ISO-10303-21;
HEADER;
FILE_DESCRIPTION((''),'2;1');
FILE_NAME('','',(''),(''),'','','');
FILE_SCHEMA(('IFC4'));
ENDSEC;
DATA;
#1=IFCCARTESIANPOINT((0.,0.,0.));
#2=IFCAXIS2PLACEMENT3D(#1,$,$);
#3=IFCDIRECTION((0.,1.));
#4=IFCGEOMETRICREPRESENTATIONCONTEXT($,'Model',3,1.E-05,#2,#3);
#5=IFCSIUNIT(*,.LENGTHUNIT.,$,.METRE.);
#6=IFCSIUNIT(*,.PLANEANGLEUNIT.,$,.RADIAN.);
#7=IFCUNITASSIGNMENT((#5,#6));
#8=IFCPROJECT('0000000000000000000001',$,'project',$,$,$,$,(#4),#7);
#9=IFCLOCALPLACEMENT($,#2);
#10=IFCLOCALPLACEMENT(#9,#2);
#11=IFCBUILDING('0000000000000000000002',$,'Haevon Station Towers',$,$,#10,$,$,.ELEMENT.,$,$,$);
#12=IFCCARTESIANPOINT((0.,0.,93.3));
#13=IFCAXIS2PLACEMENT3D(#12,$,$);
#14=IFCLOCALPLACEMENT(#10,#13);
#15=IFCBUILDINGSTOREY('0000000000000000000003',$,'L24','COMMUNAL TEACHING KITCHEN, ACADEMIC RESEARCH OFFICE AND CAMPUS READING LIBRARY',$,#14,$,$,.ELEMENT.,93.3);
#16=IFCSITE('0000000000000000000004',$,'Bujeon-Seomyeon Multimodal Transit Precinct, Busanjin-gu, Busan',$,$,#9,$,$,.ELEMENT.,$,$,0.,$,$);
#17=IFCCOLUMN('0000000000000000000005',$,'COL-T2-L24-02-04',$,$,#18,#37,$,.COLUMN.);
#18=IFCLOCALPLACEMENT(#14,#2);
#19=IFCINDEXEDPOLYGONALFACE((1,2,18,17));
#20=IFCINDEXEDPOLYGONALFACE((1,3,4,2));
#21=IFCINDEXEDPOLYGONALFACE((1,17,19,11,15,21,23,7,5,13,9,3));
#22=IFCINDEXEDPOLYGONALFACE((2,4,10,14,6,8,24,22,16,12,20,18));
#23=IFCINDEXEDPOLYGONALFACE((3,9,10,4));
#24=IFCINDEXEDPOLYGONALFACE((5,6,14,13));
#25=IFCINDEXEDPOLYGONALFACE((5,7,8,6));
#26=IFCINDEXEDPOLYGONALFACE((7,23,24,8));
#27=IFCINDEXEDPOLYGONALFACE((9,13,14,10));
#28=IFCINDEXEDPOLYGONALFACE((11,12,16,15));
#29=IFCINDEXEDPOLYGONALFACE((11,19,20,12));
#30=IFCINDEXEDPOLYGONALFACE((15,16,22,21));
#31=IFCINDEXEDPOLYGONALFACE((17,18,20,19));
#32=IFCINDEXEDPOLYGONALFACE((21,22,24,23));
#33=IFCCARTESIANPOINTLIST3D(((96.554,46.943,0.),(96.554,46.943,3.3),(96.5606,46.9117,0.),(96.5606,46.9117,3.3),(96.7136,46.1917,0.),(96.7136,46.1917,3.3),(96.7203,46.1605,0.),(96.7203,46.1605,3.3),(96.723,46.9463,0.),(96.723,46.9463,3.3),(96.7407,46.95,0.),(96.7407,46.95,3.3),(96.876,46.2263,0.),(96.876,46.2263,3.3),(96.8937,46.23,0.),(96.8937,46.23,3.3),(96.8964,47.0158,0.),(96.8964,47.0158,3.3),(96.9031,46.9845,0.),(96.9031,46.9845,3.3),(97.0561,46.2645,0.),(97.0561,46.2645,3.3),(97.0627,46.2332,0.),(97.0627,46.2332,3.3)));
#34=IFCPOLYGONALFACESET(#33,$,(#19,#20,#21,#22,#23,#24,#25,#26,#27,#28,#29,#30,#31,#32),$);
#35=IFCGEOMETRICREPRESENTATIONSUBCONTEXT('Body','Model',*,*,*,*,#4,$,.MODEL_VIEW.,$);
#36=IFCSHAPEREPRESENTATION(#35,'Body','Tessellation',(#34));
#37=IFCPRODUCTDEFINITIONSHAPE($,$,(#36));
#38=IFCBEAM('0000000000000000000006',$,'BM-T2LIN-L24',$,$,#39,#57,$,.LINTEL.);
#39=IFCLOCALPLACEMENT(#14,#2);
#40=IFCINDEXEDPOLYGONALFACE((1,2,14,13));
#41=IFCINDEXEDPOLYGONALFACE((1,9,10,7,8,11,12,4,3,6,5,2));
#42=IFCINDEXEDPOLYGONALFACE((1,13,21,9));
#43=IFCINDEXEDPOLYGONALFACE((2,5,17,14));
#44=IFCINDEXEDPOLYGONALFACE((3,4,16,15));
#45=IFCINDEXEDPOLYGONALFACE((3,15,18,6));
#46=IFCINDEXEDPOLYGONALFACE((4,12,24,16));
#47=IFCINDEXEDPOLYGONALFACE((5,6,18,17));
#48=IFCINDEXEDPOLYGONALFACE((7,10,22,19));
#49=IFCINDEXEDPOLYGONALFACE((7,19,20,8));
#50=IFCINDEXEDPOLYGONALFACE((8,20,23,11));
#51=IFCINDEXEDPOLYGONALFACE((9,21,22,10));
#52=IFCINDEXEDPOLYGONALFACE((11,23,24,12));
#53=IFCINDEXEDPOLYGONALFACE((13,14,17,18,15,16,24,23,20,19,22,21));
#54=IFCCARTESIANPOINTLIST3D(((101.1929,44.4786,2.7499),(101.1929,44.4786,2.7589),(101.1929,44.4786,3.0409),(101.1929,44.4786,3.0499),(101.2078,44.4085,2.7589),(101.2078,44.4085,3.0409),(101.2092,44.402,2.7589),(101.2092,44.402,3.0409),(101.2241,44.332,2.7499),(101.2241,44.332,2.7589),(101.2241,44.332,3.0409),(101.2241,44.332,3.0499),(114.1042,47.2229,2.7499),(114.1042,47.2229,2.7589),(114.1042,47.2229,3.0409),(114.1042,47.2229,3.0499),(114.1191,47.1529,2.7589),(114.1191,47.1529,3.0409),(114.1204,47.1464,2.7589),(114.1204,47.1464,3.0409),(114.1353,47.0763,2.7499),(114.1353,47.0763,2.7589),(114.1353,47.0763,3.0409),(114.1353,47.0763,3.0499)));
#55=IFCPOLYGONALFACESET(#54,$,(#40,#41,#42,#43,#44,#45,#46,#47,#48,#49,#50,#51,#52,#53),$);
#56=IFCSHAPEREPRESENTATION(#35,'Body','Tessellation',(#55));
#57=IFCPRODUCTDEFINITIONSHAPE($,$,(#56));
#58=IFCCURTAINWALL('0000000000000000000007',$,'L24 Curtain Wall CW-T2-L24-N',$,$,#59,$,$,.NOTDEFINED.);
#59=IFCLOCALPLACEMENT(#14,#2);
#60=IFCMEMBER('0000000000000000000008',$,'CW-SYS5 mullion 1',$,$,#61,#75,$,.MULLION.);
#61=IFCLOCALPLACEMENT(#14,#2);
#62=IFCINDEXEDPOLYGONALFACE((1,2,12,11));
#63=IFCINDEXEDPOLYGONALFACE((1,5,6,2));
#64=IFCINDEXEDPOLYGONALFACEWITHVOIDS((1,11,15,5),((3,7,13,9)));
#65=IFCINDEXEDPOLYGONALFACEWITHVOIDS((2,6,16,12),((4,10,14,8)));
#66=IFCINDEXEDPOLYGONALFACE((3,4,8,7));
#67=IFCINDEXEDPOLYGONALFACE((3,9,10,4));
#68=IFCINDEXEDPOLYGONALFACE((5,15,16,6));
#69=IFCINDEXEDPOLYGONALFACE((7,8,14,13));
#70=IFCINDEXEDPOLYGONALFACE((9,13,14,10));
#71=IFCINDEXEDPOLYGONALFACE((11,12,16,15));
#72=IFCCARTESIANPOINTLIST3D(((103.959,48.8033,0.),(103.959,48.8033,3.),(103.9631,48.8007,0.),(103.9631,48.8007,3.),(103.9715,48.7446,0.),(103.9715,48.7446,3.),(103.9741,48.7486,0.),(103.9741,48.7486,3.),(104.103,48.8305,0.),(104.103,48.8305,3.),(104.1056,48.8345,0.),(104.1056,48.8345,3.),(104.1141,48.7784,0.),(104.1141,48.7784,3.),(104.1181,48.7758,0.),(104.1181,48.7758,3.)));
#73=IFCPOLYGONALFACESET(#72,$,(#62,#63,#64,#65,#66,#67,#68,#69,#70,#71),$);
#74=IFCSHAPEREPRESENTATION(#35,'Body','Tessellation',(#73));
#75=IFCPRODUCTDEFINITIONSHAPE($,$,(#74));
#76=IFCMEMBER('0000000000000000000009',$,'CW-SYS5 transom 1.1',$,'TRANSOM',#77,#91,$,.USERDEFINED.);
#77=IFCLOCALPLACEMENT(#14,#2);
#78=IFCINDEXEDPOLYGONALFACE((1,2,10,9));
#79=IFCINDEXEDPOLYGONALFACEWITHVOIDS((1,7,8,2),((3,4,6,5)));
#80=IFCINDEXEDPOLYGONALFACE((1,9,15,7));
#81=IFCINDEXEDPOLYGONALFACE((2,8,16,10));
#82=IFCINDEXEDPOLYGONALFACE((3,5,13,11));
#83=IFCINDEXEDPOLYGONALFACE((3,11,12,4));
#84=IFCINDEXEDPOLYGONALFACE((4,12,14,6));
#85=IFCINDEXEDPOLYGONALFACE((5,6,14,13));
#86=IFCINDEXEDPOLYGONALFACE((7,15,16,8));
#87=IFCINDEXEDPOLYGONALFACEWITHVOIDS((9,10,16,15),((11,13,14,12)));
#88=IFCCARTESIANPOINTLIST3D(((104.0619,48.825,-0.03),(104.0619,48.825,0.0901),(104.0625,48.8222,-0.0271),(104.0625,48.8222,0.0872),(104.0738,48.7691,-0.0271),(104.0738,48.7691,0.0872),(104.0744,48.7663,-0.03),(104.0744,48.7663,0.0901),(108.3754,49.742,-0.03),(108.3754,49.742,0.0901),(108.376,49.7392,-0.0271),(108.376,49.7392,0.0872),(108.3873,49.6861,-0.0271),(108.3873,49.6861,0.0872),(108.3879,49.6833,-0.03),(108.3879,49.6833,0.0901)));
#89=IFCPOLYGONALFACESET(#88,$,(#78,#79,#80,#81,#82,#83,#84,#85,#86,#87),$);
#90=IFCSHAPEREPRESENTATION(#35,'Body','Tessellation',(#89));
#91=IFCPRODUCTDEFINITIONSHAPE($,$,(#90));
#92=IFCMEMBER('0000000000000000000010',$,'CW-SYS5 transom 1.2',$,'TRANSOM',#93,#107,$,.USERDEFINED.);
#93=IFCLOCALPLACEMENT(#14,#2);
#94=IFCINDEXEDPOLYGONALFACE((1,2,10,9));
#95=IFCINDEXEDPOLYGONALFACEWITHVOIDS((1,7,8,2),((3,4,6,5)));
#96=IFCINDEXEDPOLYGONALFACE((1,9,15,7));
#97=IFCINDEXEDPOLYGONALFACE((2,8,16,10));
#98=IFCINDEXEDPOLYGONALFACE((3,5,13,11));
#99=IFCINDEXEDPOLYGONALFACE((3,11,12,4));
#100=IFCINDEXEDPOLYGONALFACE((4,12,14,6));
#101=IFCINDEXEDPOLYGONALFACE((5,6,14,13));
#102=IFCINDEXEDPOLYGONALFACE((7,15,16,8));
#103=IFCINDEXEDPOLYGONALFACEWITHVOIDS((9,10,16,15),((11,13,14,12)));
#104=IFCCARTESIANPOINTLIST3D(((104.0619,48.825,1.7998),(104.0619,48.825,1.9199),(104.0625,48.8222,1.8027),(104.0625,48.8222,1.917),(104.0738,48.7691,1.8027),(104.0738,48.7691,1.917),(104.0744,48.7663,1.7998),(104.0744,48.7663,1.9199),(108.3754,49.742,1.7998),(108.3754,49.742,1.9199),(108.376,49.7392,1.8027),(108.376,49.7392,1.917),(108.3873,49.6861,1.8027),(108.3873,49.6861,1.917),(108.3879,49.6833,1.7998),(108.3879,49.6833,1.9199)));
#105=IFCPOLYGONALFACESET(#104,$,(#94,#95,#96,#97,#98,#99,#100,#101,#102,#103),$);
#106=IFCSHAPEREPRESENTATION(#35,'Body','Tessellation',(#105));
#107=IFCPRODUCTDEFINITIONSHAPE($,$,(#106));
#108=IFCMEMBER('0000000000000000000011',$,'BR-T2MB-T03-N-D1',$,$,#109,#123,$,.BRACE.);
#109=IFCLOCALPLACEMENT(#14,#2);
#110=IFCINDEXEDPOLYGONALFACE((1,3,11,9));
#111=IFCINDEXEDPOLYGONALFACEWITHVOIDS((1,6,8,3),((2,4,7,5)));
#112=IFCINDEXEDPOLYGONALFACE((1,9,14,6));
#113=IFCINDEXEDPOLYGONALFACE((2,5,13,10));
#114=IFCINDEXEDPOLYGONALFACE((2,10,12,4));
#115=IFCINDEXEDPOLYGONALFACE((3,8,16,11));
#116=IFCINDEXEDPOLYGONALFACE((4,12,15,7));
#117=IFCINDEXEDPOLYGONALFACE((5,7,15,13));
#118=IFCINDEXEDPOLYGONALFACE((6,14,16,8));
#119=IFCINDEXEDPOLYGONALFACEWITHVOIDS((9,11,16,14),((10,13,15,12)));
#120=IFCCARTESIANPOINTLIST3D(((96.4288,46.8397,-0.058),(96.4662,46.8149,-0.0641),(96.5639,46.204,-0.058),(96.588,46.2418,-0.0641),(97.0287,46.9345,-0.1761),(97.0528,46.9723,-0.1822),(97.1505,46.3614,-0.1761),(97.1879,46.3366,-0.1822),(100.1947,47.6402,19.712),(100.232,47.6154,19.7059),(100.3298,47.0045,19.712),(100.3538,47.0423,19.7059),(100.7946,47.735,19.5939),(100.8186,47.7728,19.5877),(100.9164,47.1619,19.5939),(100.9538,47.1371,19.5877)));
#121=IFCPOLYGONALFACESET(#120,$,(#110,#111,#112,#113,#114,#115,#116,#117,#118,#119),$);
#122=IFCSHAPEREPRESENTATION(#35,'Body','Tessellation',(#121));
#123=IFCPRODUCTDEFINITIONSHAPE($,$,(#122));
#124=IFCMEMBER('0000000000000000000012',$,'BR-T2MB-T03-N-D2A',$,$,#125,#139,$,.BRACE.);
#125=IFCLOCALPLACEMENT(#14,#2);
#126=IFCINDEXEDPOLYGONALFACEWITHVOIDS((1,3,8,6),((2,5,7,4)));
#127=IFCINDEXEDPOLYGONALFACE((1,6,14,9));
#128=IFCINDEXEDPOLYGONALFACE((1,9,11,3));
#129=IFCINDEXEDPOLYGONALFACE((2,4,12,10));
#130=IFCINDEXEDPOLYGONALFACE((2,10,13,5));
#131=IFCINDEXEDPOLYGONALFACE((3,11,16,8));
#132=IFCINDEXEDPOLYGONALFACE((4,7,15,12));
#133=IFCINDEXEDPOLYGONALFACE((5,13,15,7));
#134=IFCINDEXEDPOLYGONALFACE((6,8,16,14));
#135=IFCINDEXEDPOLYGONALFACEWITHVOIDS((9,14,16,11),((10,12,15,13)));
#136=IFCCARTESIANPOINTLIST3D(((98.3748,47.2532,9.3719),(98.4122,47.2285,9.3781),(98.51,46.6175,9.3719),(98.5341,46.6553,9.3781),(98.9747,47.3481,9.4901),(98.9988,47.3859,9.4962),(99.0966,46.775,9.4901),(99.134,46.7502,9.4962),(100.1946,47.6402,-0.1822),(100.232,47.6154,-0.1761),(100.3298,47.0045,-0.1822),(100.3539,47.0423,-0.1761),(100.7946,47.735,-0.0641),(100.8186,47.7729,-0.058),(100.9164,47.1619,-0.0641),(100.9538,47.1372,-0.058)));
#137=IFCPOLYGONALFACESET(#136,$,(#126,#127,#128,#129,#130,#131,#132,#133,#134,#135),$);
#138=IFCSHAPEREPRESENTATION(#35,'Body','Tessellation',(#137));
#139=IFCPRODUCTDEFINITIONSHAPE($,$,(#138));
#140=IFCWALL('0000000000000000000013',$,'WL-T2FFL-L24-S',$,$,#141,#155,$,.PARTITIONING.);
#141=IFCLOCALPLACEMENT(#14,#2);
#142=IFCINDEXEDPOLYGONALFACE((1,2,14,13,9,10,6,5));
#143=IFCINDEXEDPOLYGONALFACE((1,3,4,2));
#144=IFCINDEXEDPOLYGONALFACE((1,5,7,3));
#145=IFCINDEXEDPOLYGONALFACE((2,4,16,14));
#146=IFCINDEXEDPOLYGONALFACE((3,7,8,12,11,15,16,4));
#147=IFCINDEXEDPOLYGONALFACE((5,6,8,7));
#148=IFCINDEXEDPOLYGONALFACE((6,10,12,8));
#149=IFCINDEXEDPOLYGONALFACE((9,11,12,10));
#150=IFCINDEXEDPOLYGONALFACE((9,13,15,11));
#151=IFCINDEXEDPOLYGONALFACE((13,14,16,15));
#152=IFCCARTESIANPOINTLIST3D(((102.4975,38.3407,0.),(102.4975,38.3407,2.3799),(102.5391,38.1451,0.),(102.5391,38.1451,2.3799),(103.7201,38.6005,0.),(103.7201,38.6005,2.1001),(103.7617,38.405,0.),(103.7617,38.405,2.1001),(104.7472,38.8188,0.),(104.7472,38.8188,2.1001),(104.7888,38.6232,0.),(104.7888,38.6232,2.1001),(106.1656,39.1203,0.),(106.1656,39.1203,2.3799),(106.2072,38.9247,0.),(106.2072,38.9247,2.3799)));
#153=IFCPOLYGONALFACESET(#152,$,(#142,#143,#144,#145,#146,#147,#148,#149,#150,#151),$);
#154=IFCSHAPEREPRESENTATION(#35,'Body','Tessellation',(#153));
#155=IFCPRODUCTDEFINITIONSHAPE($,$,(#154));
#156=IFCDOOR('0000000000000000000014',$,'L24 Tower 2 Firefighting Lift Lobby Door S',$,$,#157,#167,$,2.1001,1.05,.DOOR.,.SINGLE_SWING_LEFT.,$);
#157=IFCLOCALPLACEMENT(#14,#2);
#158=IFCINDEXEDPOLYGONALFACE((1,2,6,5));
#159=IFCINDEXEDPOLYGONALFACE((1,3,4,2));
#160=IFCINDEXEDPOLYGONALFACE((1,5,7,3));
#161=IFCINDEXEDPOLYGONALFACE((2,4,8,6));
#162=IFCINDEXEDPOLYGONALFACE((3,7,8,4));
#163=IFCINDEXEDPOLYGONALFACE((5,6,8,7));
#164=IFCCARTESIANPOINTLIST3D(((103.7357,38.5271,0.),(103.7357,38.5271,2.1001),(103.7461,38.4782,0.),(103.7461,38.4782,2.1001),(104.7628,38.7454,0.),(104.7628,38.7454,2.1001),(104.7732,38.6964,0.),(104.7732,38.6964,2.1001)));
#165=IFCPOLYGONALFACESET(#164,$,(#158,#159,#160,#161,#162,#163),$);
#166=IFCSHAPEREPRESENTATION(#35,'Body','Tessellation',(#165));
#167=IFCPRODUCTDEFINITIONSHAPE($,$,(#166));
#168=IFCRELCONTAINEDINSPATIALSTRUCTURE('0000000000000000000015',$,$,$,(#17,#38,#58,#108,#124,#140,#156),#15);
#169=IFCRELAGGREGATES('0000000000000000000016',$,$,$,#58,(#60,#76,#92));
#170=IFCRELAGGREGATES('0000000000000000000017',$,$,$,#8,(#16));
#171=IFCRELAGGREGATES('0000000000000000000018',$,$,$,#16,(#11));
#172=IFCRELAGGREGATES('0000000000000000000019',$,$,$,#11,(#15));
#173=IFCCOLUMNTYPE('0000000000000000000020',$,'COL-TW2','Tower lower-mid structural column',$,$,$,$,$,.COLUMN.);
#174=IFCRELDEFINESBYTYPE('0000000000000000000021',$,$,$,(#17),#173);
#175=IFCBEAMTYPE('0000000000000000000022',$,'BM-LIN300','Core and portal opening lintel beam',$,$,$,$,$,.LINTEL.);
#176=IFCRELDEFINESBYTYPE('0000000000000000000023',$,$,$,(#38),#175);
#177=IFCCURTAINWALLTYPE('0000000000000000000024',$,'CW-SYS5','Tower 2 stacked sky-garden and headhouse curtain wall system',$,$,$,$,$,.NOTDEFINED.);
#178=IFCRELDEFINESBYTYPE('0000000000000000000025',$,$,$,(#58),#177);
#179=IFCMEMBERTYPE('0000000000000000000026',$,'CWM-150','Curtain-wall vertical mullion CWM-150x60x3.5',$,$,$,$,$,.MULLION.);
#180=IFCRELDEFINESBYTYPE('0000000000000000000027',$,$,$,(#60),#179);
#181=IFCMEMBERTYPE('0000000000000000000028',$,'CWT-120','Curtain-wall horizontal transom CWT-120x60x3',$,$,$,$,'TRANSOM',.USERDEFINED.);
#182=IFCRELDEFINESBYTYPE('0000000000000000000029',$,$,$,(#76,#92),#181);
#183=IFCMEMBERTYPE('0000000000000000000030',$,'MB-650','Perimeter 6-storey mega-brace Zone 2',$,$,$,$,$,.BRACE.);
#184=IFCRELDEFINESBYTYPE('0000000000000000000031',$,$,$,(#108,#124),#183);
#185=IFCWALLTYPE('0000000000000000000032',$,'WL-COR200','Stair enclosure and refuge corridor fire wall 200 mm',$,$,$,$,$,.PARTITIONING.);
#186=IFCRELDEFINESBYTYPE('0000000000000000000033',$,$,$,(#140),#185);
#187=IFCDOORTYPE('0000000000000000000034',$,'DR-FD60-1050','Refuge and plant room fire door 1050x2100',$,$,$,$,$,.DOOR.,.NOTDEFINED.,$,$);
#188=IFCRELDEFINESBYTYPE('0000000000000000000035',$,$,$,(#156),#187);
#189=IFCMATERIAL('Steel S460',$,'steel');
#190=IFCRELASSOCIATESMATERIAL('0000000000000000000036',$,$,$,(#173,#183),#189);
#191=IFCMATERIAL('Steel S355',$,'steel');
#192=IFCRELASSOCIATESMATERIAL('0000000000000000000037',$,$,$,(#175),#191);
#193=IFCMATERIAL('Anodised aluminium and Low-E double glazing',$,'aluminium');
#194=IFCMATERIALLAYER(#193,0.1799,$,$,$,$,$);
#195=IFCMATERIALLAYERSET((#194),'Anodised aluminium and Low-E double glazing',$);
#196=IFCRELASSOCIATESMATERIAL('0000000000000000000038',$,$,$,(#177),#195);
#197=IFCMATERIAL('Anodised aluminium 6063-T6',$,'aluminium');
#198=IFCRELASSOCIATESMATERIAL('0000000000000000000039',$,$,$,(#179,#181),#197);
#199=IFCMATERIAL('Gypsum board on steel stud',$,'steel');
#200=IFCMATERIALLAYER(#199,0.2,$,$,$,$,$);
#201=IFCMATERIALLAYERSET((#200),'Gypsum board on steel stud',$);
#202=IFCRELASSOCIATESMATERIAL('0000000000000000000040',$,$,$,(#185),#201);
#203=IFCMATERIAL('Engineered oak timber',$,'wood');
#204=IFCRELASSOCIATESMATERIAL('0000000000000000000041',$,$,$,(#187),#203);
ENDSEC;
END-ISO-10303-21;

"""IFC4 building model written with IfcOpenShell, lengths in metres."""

from ifc_helpers import new_model, si_unit, direction, frame, frame_2d, origin, origin_2d, place, context, subcontext, project, spatial, rectangle, hollow_rectangle, i_section, extrude, material, layer, layer_set, material_profile, profile_set, type_object, element, fill, aggregate, save


model = new_model("IFC4")

# Units and contexts
model_context = context("Model", 3, precision=1e-05, world=origin(), true_north=direction((0.0, 1.0)))
body_context = subcontext(model_context, "Body", "Model", "MODEL_VIEW")
ifc_project = project(units=[si_unit("LENGTHUNIT", "METRE"), si_unit("PLANEANGLEUNIT", "RADIAN")], contexts=[model_context])

# Site, building, storey
site_placement = place(None, origin())
site = spatial("IfcSite", under=ifc_project, at=site_placement, Name="Bujeon-Seomyeon Multimodal Transit Precinct, Busanjin-gu, Busan", CompositionType="ELEMENT", RefElevation=0.0)
building_placement = place(site_placement, origin())
building = spatial("IfcBuilding", under=site, at=building_placement, Name="Haevon Station Towers", CompositionType="ELEMENT")
storey_placement = place(building_placement, frame((0.0, 0.0, 93.3)))
storey = spatial("IfcBuildingStorey", under=building, at=storey_placement, Name="L24", Description="COMMUNAL TEACHING KITCHEN, ACADEMIC RESEARCH OFFICE AND CAMPUS READING LIBRARY", CompositionType="ELEMENT", Elevation=93.3)

# Column
ifc_material_1 = material(Name="Steel S460", Category="steel")
ifc_material_profile_1 = material_profile(ifc_material_1, i_section(OverallWidth=0.3501, OverallDepth=0.8, WebThickness=0.0181, FlangeThickness=0.032, at=origin_2d()), Name="H-800x350x18x32")
ifc_profile_set_1 = profile_set([ifc_material_profile_1], Name="Steel S460")
column_type = type_object("IfcColumnType", Name="COL-TW2", Description="Tower lower-mid structural column", PredefinedType="COLUMN", material=ifc_profile_set_1)
column_placement = place(storey_placement, frame((96.8083, 46.5881, 0.0), z_axis=(0.0, 0.0, 1.0), x_axis=(0.978148, 0.207912, 0.0)))
element("IfcColumn", 1, at=column_placement, inside=storey, type_object=column_type, Name="COL-T2-L24-02-04", PredefinedType="COLUMN", context=body_context, shape_type="SweptSolid", body=[
    extrude(i_section(OverallWidth=0.3501, OverallDepth=0.8, WebThickness=0.0181, FlangeThickness=0.032, at=origin_2d()), origin(), (0.0, 0.0, 1.0), 3.3),
])

# Beam
ifc_material_2 = material(Name="Steel S355", Category="steel")
ifc_material_profile_2 = material_profile(ifc_material_2, i_section(OverallWidth=0.1499, OverallDepth=0.3, WebThickness=0.0066, FlangeThickness=0.009, at=origin_2d()), Name="H-300x150x6.5x9")
ifc_profile_set_2 = profile_set([ifc_material_profile_2], Name="Steel S355")
beam_type = type_object("IfcBeamType", Name="BM-LIN300", Description="Core and portal opening lintel beam", PredefinedType="LINTEL", material=ifc_profile_set_2)
beam_placement = place(storey_placement, frame((101.2085, 44.4053, 2.8999), z_axis=(0.978148, 0.207911, 0.0), x_axis=(-0.207911, 0.978148, 0.0)))
element("IfcBeam", 2, at=beam_placement, inside=storey, type_object=beam_type, Name="BM-T2LIN-L24", PredefinedType="LINTEL", context=body_context, shape_type="SweptSolid", body=[
    extrude(i_section(OverallWidth=0.1499, OverallDepth=0.3, WebThickness=0.0066, FlangeThickness=0.009, at=origin_2d()), origin(), (0.0, 0.0, 1.0), 13.1997),
])

# Curtain wall, members
ifc_material_3 = material(Name="Anodised aluminium and Low-E double glazing", Category="aluminium")
ifc_layer_1 = layer(ifc_material_3, 0.1799)
ifc_layer_set_1 = layer_set([ifc_layer_1], Name="Anodised aluminium and Low-E double glazing")
curtain_wall_type = type_object("IfcCurtainWallType", Name="CW-SYS5", Description="Tower 2 stacked sky-garden and headhouse curtain wall system", PredefinedType="NOTDEFINED", material=ifc_layer_set_1)
curtain_wall_placement = place(storey_placement, origin())
curtain_wall = element("IfcCurtainWall", 3, at=curtain_wall_placement, inside=storey, type_object=curtain_wall_type, Name="L24 Curtain Wall CW-T2-L24-N", PredefinedType="NOTDEFINED")
ifc_material_4 = material(Name="Anodised aluminium 6063-T6", Category="aluminium")
ifc_material_profile_3 = material_profile(ifc_material_4, hollow_rectangle(XDim=0.0601, YDim=0.1499, WallThickness=0.0034, at=origin_2d()), Name="CWM-150x60x3.5")
ifc_profile_set_3 = profile_set([ifc_material_profile_3], Name="Anodised aluminium 6063-T6")
member_type_1 = type_object("IfcMemberType", Name="CWM-150", Description="Curtain-wall vertical mullion CWM-150x60x3.5", PredefinedType="MULLION", material=ifc_profile_set_3)
member_1_placement = place(storey_placement, frame((104.0386, 48.7896, 0.0), z_axis=(0.0, 0.0, 1.0), x_axis=(-0.207912, 0.978148, 0.0)))
member_1 = element("IfcMember", 4, at=member_1_placement, type_object=member_type_1, Name="CW-SYS5 mullion 1", PredefinedType="MULLION", context=body_context, shape_type="SweptSolid", body=[
    extrude(hollow_rectangle(XDim=0.0601, YDim=0.1499, WallThickness=0.0034, at=origin_2d()), origin(), (0.0, 0.0, 1.0), 3.0),
])
ifc_material_profile_4 = material_profile(ifc_material_4, hollow_rectangle(XDim=0.0601, YDim=0.1201, WallThickness=0.0029, at=origin_2d()), Name="CWT-120x60x3")
ifc_profile_set_4 = profile_set([ifc_material_profile_4], Name="Anodised aluminium 6063-T6")
member_type_2 = type_object("IfcMemberType", Name="CWT-120", Description="Curtain-wall horizontal transom CWT-120x60x3", ElementType="TRANSOM", PredefinedType="USERDEFINED", material=ifc_profile_set_4)
member_2_placement = place(storey_placement, frame((104.0681, 48.7957, 0.03), z_axis=(0.978141, 0.207941, 0.0), x_axis=(-0.207941, 0.978141, 0.0)))
member_2 = element("IfcMember", 5, at=member_2_placement, type_object=member_type_2, Name="CW-SYS5 transom 1.1", ObjectType="TRANSOM", PredefinedType="USERDEFINED", context=body_context, shape_type="SweptSolid", body=[
    extrude(hollow_rectangle(XDim=0.0601, YDim=0.1201, WallThickness=0.0029, at=origin_2d()), origin(), (0.0, 0.0, 1.0), 4.4099),
])
member_3_placement = place(storey_placement, frame((104.0681, 48.7957, 1.8599), z_axis=(0.978141, 0.207941, 0.0), x_axis=(-0.207941, 0.978141, 0.0)))
member_3 = element("IfcMember", 6, at=member_3_placement, type_object=member_type_2, Name="CW-SYS5 transom 1.2", ObjectType="TRANSOM", PredefinedType="USERDEFINED", context=body_context, shape_type="SweptSolid", body=[
    extrude(hollow_rectangle(XDim=0.0601, YDim=0.1201, WallThickness=0.0029, at=origin_2d()), origin(), (0.0, 0.0, 1.0), 4.4099),
])
aggregate(curtain_wall, [member_1, member_2, member_3])

# Members
ifc_material_profile_5 = material_profile(ifc_material_1, hollow_rectangle(XDim=0.6499, YDim=0.6499, WallThickness=0.032, at=origin_2d()), Name="RHS-650x650x32")
ifc_profile_set_5 = profile_set([ifc_material_profile_5], Name="Steel S460")
member_type_3 = type_object("IfcMemberType", Name="MB-650", Description="Perimeter 6-storey mega-brace Zone 2", PredefinedType="BRACE", material=ifc_profile_set_5)
member_4_placement = place(storey_placement, frame((96.8083, 46.5881, -0.1201), z_axis=(0.186971, 0.039746, 0.981561), x_axis=(-0.207931, 0.978144, 0.0)))
element("IfcMember", 7, at=member_4_placement, inside=storey, type_object=member_type_3, Name="BR-T2MB-T03-N-D1", PredefinedType="BRACE", context=body_context, shape_type="SweptSolid", body=[
    extrude(hollow_rectangle(XDim=0.6499, YDim=0.6499, WallThickness=0.032, at=origin_2d()), origin(), (0.0, 0.0, 1.0), 20.1414),
])
member_5_placement = place(storey_placement, frame((100.5742, 47.3887, -0.1201), z_axis=(-0.186962, -0.039755, 0.981562), x_axis=(0.207987, -0.978131, 0.0)))
element("IfcMember", 8, at=member_5_placement, inside=storey, type_object=member_type_3, Name="BR-T2MB-T03-N-D2A", PredefinedType="BRACE", context=body_context, shape_type="SweptSolid", body=[
    extrude(hollow_rectangle(XDim=0.6499, YDim=0.6499, WallThickness=0.032, at=origin_2d()), origin(), (0.0, 0.0, 1.0), 9.7336),
])

# Wall, opening, door
ifc_material_5 = material(Name="Gypsum board on steel stud", Category="steel")
ifc_layer_2 = layer(ifc_material_5, 0.2)
ifc_layer_set_2 = layer_set([ifc_layer_2], Name="Gypsum board on steel stud")
wall_type_1 = type_object("IfcWallType", Name="WL-COR200", Description="Stair enclosure and refuge corridor fire wall 200 mm", PredefinedType="PARTITIONING", material=ifc_layer_set_2)
wall_1_placement = place(storey_placement, frame((102.5183, 38.2429, 0.0), z_axis=(0.0, 0.0, 1.0), x_axis=(0.978154, 0.207884, 0.0)))
wall_1 = element("IfcWall", 9, at=wall_1_placement, inside=storey, type_object=wall_type_1, Name="WL-T2FFL-L24-S", PredefinedType="PARTITIONING", context=body_context, shape_type="SweptSolid", body=[
    extrude(rectangle(XDim=3.75, YDim=0.2, at=frame_2d((1.875, 0.0))), origin(), (0.0, 0.0, 1.0), 2.3799),
])
opening_1_placement = place(wall_1_placement, frame((1.25, 0.0, 0.0)))
opening_1 = element("IfcOpeningElement", 10, at=opening_1_placement, cuts=wall_1, PredefinedType="OPENING", context=body_context, shape_type="SweptSolid", body=[
    extrude(rectangle(XDim=1.05, YDim=2.1001, at=frame_2d((0.5249, 1.05))), frame((0.0, 0.1099, 0.0), z_axis=(0.0, -1.0, 0.0), x_axis=(1.0, 0.0, 0.0)), (0.0, 0.0, 1.0), 0.22),
])
ifc_material_6 = material(Name="Engineered oak timber", Category="wood")
door_type_1 = type_object("IfcDoorType", Name="DR-FD60-1050", Description="Refuge and plant room fire door 1050x2100", OperationType="NOTDEFINED", PredefinedType="DOOR", material=ifc_material_6)
door_1_placement = place(opening_1_placement, origin())
door_1 = element("IfcDoor", 11, at=door_1_placement, inside=storey, type_object=door_type_1, Name="L24 Tower 2 Firefighting Lift Lobby Door S", OperationType="SINGLE_SWING_LEFT", OverallHeight=2.1001, OverallWidth=1.05, PredefinedType="DOOR", context=body_context, shape_type="SweptSolid", body=[
    extrude(rectangle(XDim=1.05, YDim=2.1001, at=frame_2d((0.5249, 1.05))), frame((0.0, 0.0249, 0.0), z_axis=(0.0, -1.0, 0.0), x_axis=(1.0, 0.0, 0.0)), (0.0, 0.0, 1.0), 0.05),
])
fill(opening_1, door_1)

save(model, "model.ifc")
